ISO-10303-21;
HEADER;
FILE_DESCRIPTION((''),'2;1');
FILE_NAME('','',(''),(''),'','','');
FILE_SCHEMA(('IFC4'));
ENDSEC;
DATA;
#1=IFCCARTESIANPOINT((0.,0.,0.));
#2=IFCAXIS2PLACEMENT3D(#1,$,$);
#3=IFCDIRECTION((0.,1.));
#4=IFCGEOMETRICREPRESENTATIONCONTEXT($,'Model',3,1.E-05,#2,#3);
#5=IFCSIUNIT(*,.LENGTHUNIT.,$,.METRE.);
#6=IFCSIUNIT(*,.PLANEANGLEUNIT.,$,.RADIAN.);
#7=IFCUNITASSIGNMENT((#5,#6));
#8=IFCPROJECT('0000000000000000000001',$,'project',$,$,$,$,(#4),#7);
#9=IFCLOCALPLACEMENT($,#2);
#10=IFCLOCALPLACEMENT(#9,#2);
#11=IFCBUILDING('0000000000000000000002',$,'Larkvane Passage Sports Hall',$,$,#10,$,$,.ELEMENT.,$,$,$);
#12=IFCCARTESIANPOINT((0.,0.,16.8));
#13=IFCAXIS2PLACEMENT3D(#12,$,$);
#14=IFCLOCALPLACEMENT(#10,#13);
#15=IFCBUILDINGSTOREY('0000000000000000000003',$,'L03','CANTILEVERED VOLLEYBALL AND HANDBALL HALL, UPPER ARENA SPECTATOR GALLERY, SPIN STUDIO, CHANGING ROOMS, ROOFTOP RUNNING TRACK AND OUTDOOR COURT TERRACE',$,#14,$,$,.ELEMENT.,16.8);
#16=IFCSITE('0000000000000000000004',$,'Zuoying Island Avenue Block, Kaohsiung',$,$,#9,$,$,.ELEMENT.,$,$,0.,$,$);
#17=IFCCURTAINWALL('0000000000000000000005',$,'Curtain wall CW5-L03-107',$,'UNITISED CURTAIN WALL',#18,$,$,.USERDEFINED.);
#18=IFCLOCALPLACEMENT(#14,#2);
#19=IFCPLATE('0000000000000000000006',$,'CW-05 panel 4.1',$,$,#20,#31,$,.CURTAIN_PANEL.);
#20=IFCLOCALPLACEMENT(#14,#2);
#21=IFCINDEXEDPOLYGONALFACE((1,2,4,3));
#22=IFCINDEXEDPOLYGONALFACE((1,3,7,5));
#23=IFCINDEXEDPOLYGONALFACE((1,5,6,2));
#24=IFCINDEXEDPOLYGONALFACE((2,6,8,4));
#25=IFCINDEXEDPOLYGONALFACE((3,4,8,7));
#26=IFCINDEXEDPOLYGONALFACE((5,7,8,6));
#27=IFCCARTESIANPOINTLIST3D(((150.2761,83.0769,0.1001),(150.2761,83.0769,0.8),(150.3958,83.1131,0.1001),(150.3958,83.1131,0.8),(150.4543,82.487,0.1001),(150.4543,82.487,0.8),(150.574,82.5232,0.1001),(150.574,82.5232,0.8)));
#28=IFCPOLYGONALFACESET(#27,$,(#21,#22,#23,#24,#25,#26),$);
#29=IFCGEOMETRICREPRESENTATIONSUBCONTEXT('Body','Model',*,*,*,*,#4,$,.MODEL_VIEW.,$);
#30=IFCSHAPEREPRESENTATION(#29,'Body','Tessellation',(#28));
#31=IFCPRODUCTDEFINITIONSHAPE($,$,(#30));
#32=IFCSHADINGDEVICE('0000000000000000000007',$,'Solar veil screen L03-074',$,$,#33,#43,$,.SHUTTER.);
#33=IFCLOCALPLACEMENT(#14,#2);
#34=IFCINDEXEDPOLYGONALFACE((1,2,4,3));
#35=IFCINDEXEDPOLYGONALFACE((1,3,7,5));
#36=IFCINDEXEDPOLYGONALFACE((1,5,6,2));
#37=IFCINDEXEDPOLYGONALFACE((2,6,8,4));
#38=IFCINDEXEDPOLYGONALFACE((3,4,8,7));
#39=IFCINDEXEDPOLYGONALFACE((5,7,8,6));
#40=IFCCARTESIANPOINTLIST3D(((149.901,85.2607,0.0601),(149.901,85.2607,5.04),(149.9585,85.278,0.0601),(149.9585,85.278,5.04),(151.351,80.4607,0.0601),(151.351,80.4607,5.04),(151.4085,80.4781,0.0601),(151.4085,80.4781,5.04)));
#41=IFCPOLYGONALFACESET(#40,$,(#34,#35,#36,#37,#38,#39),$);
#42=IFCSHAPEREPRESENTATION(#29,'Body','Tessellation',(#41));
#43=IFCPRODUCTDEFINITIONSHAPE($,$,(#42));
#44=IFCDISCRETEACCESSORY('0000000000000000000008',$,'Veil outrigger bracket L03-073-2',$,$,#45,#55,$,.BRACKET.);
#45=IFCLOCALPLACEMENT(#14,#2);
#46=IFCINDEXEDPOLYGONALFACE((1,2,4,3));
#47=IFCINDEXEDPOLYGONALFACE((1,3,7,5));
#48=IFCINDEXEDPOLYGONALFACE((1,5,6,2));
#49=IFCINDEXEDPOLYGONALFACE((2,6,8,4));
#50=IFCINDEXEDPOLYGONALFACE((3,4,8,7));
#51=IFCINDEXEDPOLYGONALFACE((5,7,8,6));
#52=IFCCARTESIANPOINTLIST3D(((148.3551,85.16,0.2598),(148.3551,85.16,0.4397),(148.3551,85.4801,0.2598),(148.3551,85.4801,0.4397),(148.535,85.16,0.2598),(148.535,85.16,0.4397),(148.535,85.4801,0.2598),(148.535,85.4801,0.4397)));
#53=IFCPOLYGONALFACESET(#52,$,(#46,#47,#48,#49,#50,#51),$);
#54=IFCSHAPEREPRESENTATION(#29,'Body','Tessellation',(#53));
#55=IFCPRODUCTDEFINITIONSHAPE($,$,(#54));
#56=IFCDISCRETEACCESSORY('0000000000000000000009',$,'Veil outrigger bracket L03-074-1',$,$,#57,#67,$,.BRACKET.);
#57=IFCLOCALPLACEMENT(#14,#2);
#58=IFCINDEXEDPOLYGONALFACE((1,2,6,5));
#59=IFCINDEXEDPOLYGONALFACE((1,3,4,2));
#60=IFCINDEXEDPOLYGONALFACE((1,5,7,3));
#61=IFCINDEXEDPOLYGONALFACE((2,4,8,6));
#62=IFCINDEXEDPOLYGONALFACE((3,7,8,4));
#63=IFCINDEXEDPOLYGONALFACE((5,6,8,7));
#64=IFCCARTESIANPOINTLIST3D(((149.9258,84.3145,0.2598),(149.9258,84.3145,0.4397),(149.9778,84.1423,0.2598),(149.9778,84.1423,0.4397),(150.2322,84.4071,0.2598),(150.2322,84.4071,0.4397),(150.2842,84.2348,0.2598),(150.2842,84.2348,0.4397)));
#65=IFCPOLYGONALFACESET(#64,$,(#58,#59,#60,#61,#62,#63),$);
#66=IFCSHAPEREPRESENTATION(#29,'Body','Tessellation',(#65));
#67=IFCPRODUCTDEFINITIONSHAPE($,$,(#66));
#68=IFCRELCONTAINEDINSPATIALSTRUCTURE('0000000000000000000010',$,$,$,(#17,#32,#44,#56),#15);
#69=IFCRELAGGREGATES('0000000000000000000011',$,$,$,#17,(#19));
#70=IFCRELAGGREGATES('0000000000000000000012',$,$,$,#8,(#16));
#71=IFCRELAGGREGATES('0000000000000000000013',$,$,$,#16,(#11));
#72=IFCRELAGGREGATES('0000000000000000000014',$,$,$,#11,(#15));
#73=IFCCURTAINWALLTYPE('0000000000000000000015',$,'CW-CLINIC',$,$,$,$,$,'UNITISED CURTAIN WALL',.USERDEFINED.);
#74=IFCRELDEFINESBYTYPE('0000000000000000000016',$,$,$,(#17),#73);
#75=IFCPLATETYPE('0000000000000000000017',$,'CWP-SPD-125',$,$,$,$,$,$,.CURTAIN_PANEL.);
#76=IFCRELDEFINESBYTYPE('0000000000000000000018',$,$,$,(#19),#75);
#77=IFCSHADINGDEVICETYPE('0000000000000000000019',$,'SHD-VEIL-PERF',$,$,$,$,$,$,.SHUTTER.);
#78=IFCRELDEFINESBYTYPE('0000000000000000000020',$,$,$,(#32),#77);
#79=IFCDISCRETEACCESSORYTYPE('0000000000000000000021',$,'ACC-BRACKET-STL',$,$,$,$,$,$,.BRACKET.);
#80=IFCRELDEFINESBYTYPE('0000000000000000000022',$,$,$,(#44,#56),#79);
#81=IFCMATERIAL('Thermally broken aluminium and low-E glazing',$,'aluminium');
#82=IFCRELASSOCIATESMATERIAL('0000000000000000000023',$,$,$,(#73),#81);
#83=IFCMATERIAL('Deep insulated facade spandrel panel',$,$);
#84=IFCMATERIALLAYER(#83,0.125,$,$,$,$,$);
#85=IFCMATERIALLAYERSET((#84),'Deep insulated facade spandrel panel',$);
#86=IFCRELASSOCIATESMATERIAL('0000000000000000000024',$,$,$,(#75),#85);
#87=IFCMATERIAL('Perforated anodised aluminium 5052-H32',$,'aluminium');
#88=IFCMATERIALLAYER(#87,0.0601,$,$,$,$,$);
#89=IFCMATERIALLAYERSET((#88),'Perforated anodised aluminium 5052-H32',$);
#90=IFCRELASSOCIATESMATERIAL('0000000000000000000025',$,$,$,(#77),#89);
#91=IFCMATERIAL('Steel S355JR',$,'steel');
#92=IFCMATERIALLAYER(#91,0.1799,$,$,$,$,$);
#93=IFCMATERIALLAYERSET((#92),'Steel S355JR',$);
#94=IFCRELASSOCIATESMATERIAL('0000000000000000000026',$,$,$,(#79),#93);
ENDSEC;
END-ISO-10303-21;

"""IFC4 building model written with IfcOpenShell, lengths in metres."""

from ifc_helpers import new_model, si_unit, direction, frame, origin, origin_2d, place, context, subcontext, project, spatial, rectangle, extrude, material, layer, layer_set, type_object, element, aggregate, save


model = new_model("IFC4")

# Units and contexts
model_context = context("Model", 3, precision=1e-05, world=origin(), true_north=direction((0.0, 1.0)))
body_context = subcontext(model_context, "Body", "Model", "MODEL_VIEW")
ifc_project = project(units=[si_unit("LENGTHUNIT", "METRE"), si_unit("PLANEANGLEUNIT", "RADIAN")], contexts=[model_context])

# Site, building, storey
site_placement = place(None, origin())
site = spatial("IfcSite", under=ifc_project, at=site_placement, Name="Zuoying Island Avenue Block, Kaohsiung", CompositionType="ELEMENT", RefElevation=0.0)
building_placement = place(site_placement, origin())
building = spatial("IfcBuilding", under=site, at=building_placement, Name="Larkvane Passage Sports Hall", CompositionType="ELEMENT")
storey_placement = place(building_placement, frame((0.0, 0.0, 16.8)))
storey = spatial("IfcBuildingStorey", under=building, at=storey_placement, Name="L03", Description="CANTILEVERED VOLLEYBALL AND HANDBALL HALL, UPPER ARENA SPECTATOR GALLERY, SPIN STUDIO, CHANGING ROOMS, ROOFTOP RUNNING TRACK AND OUTDOOR COURT TERRACE", CompositionType="ELEMENT", Elevation=16.8)

# Curtain wall
ifc_material_1 = material(Name="Thermally broken aluminium and low-E glazing", Category="aluminium")
curtain_wall_type_1 = type_object("IfcCurtainWallType", Name="CW-CLINIC", ElementType="UNITISED CURTAIN WALL", PredefinedType="USERDEFINED", material=ifc_material_1)
curtain_wall_1_placement = place(storey_placement, origin())
curtain_wall_1 = element("IfcCurtainWall", 1, at=curtain_wall_1_placement, inside=storey, type_object=curtain_wall_type_1, Name="Curtain wall CW5-L03-107", ObjectType="UNITISED CURTAIN WALL", PredefinedType="USERDEFINED")

# Plate
ifc_material_2 = material(Name="Deep insulated facade spandrel panel")
ifc_layer_1 = layer(ifc_material_2, 0.125)
ifc_layer_set_1 = layer_set([ifc_layer_1], Name="Deep insulated facade spandrel panel")
plate_type_1 = type_object("IfcPlateType", Name="CWP-SPD-125", PredefinedType="CURTAIN_PANEL", material=ifc_layer_set_1)
plate_1_placement = place(storey_placement, frame((150.425, 82.8, 0.1001), z_axis=(0.0, 0.0, 1.0), x_axis=(0.289177, -0.957276, 0.0)))
plate_1 = element("IfcPlate", 2, at=plate_1_placement, type_object=plate_type_1, Name="CW-05 panel 4.1", PredefinedType="CURTAIN_PANEL", context=body_context, shape_type="SweptSolid", body=[
    extrude(rectangle(XDim=0.6162, YDim=0.125, at=origin_2d()), origin(), (0.0, 0.0, 1.0), 0.7),
])
aggregate(curtain_wall_1, [plate_1])

# Shading device
ifc_material_3 = material(Name="Perforated anodised aluminium 5052-H32", Category="aluminium")
ifc_layer_2 = layer(ifc_material_3, 0.0601)
ifc_layer_set_2 = layer_set([ifc_layer_2], Name="Perforated anodised aluminium 5052-H32")
shading_device_type = type_object("IfcShadingDeviceType", Name="SHD-VEIL-PERF", PredefinedType="SHUTTER", material=ifc_layer_set_2)
shading_device_placement = place(storey_placement, frame((150.6548, 82.8694, 0.0601), z_axis=(0.0, 0.0, 1.0), x_axis=(0.289177, -0.957276, 0.0)))
element("IfcShadingDevice", 3, at=shading_device_placement, inside=storey, type_object=shading_device_type, Name="Solar veil screen L03-074", PredefinedType="SHUTTER", context=body_context, shape_type="SweptSolid", body=[
    extrude(rectangle(XDim=5.0142, YDim=0.0601, at=origin_2d()), origin(), (0.0, 0.0, 1.0), 4.98),
])

# Discrete accessories
ifc_material_4 = material(Name="Steel S355JR", Category="steel")
ifc_layer_3 = layer(ifc_material_4, 0.1799)
ifc_layer_set_3 = layer_set([ifc_layer_3], Name="Steel S355JR")
discrete_accessory_type = type_object("IfcDiscreteAccessoryType", Name="ACC-BRACKET-STL", PredefinedType="BRACKET", material=ifc_layer_set_3)
for number, where, z_axis, x_axis, name in (
    (4, (148.4451, 85.3201, 0.2598), (0.0, 0.0, 1.0), (1.0, 0.0, 0.0), "Veil outrigger bracket L03-073-2"),
    (5, (150.105, 84.2747, 0.2598), (0.0, 0.0, 1.0), (0.289177, -0.957276, 0.0), "Veil outrigger bracket L03-074-1"),
):
    element("IfcDiscreteAccessory", number, at=place(storey_placement, frame(where, z_axis=z_axis, x_axis=x_axis)), inside=storey, type_object=discrete_accessory_type, Name=name, PredefinedType="BRACKET", context=body_context, shape_type="SweptSolid", body=[
        extrude(rectangle(XDim=0.1799, YDim=0.3201, at=origin_2d()), origin(), (0.0, 0.0, 1.0), 0.1799),
    ])

save(model, "model.ifc")
